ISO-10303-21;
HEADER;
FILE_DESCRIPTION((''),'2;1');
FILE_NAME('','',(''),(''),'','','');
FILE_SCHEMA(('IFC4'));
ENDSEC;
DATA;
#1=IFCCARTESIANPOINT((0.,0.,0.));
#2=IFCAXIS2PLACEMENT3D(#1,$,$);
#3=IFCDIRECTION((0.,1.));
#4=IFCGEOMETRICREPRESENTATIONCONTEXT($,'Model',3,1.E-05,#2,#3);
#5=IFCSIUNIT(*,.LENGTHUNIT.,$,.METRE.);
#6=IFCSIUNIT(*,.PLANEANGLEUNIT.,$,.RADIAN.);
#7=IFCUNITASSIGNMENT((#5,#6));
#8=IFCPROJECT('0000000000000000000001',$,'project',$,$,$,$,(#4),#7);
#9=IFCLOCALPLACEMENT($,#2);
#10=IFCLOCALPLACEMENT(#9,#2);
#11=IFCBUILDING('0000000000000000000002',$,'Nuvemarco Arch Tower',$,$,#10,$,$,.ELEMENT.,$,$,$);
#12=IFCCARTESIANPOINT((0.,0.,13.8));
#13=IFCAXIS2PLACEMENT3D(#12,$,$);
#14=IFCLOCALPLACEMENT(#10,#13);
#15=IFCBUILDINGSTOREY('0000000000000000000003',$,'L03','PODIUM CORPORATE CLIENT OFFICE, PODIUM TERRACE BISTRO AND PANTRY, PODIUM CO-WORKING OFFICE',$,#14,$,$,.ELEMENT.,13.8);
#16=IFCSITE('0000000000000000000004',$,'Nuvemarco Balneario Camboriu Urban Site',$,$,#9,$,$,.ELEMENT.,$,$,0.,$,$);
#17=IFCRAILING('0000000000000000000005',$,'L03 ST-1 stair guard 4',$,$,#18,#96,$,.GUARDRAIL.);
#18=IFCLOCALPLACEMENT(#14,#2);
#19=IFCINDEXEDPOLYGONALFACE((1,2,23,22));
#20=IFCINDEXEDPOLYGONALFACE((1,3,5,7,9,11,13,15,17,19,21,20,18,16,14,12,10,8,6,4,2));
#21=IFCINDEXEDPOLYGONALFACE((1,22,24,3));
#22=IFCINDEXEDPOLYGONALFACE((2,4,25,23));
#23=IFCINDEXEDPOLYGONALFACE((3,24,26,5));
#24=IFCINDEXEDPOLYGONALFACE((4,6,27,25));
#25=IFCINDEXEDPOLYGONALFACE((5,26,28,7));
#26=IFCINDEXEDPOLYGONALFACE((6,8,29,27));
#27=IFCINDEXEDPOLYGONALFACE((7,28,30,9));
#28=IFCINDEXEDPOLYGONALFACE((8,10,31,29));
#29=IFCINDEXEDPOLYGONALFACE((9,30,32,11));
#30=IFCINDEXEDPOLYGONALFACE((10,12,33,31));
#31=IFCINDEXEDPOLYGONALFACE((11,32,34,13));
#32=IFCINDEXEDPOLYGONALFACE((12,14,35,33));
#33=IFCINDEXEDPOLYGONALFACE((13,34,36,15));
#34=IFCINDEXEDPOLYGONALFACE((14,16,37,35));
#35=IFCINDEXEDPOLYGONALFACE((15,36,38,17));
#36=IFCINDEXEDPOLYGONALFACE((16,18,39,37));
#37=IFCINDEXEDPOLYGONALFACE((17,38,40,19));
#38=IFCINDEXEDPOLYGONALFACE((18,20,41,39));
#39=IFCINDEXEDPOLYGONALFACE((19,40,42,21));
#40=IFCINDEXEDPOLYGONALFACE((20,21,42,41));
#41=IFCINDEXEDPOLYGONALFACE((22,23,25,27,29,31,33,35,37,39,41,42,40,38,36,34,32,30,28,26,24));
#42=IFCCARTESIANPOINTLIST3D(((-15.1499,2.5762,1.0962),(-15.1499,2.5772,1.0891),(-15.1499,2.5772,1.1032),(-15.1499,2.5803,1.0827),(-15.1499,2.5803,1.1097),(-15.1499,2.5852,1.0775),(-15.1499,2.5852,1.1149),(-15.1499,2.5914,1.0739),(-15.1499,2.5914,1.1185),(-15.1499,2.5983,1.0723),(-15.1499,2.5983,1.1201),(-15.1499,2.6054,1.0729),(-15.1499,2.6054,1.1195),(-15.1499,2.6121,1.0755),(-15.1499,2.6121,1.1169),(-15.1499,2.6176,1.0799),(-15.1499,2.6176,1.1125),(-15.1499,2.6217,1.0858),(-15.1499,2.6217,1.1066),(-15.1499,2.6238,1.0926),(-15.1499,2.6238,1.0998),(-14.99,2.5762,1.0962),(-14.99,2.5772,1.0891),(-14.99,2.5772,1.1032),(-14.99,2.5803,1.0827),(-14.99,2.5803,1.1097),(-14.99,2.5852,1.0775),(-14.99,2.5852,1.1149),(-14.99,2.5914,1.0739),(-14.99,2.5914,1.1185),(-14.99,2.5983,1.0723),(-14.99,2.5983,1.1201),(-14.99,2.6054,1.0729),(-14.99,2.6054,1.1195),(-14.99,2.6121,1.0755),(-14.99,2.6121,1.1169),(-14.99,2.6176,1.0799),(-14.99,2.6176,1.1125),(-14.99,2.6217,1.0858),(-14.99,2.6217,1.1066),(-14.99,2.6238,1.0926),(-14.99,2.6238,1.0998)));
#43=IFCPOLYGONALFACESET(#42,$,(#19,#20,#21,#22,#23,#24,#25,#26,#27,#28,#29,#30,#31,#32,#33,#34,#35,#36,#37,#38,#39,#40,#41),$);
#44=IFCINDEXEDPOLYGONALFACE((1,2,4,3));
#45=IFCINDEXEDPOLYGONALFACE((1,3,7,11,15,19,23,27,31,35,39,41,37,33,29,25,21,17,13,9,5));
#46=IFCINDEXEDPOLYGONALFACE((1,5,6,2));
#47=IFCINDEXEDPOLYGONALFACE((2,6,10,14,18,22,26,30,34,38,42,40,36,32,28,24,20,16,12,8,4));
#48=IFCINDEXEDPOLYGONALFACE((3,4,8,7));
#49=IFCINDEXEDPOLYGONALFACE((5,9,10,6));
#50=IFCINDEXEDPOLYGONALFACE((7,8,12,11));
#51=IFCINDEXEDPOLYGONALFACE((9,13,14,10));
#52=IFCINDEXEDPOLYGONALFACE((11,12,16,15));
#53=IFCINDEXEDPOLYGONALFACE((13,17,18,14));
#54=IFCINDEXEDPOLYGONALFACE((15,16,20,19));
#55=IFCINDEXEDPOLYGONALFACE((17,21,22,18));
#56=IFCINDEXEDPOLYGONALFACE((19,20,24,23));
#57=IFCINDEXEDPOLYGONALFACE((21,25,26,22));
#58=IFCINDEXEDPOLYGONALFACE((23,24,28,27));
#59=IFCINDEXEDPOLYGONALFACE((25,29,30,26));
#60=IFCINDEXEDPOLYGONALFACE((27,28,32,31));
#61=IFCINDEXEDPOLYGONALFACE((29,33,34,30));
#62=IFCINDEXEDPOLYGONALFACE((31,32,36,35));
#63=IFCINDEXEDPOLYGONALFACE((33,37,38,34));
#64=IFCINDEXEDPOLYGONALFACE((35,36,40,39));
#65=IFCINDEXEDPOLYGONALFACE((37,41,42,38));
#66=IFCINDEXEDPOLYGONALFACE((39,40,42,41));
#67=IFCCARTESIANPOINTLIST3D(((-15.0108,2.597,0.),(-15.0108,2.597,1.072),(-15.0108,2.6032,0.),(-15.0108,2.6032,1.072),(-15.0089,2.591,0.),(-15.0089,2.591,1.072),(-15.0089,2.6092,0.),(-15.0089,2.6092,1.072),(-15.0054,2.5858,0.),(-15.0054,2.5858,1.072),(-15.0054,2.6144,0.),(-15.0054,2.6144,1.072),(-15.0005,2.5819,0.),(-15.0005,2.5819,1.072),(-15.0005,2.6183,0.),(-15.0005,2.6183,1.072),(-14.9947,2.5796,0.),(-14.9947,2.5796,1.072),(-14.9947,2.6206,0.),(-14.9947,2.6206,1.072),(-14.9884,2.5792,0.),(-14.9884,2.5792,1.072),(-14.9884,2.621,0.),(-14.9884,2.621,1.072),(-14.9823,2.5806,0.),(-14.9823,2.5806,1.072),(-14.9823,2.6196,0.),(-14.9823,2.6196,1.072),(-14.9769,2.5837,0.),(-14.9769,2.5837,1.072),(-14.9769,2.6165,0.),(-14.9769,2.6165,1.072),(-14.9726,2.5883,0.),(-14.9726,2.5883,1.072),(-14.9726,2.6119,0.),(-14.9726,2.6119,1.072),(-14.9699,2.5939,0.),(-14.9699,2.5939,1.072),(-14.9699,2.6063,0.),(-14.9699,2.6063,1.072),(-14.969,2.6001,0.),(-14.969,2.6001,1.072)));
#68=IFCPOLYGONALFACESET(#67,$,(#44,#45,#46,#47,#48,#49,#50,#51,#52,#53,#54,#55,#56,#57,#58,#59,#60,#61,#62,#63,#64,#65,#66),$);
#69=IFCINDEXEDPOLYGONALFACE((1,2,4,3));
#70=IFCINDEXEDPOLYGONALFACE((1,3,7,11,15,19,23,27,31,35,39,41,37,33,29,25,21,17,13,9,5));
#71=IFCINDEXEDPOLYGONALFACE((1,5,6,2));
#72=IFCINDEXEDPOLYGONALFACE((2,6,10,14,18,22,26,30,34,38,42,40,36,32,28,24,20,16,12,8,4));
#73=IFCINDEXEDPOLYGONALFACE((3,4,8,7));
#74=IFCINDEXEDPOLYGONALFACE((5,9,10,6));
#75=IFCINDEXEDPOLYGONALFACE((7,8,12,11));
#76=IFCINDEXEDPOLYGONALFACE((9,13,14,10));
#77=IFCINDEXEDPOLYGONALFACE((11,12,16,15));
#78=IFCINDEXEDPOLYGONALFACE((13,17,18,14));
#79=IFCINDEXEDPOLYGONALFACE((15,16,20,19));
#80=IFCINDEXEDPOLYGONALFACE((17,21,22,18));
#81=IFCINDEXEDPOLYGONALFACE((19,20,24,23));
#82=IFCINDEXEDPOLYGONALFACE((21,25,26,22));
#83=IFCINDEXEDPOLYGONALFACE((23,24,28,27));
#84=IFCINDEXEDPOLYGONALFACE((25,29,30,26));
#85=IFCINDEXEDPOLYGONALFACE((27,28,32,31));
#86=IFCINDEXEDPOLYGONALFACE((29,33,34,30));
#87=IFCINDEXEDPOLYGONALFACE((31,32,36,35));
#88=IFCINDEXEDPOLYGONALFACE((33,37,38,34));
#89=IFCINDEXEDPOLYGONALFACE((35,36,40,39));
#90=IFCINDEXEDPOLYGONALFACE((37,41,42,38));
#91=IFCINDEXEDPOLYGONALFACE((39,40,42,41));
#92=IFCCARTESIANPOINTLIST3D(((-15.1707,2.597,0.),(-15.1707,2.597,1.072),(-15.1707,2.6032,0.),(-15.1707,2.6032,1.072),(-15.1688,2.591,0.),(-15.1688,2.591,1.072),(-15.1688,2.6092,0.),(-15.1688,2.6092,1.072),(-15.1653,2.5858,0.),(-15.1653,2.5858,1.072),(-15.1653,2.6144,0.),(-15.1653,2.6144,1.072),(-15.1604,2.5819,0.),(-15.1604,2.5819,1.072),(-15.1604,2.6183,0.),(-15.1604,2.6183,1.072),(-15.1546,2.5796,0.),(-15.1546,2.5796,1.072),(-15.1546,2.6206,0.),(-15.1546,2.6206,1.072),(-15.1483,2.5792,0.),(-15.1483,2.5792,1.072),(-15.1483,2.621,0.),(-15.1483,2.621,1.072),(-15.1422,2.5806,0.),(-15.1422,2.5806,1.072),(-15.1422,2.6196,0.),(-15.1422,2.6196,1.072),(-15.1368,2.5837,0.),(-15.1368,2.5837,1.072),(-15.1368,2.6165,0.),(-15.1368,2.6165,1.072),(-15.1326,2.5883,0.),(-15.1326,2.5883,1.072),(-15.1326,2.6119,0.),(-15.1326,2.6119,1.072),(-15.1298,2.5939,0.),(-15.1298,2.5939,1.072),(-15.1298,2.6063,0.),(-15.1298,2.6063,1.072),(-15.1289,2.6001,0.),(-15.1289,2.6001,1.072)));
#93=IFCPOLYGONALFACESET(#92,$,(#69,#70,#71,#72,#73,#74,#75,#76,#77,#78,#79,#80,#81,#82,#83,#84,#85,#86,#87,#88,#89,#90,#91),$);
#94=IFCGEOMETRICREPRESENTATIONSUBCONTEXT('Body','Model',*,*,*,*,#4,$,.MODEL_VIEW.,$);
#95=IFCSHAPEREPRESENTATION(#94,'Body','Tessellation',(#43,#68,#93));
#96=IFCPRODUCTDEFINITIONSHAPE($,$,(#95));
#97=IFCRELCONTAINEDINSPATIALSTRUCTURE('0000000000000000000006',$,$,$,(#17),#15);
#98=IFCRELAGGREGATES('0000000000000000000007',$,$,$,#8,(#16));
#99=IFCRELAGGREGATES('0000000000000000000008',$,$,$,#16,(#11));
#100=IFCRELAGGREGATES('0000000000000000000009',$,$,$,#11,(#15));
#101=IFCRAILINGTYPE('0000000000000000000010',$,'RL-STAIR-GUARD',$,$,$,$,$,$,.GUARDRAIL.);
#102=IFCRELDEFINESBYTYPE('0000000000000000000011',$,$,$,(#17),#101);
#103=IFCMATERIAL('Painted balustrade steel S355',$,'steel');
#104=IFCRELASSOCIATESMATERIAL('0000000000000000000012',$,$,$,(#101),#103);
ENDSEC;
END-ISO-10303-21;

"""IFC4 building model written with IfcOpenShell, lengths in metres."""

from ifc_helpers import new_model, si_unit, direction, frame, origin, origin_2d, place, context, subcontext, project, spatial, circle, extrude, material, type_object, element, save


model = new_model("IFC4")

# Units and contexts
model_context = context("Model", 3, precision=1e-05, world=origin(), true_north=direction((0.0, 1.0)))
body_context = subcontext(model_context, "Body", "Model", "MODEL_VIEW")
ifc_project = project(units=[si_unit("LENGTHUNIT", "METRE"), si_unit("PLANEANGLEUNIT", "RADIAN")], contexts=[model_context])

# Site, building, storey
site_placement = place(None, origin())
site = spatial("IfcSite", under=ifc_project, at=site_placement, Name="Nuvemarco Balneario Camboriu Urban Site", CompositionType="ELEMENT", RefElevation=0.0)
building_placement = place(site_placement, origin())
building = spatial("IfcBuilding", under=site, at=building_placement, Name="Nuvemarco Arch Tower", CompositionType="ELEMENT")
storey_placement = place(building_placement, frame((0.0, 0.0, 13.8)))
storey = spatial("IfcBuildingStorey", under=building, at=storey_placement, Name="L03", Description="PODIUM CORPORATE CLIENT OFFICE, PODIUM TERRACE BISTRO AND PANTRY, PODIUM CO-WORKING OFFICE", CompositionType="ELEMENT", Elevation=13.8)

# Railing
ifc_material_1 = material(Name="Painted balustrade steel S355", Category="steel")
railing_type_1 = type_object("IfcRailingType", Name="RL-STAIR-GUARD", PredefinedType="GUARDRAIL", material=ifc_material_1)
railing_1_placement = place(storey_placement, frame((-14.99, 2.6001, 0.0)))
element("IfcRailing", 1, at=railing_1_placement, inside=storey, type_object=railing_type_1, Name="L03 ST-1 stair guard 4", PredefinedType="GUARDRAIL", context=body_context, shape_type="SweptSolid", body=[
    extrude(circle(Radius=0.0239, at=origin_2d()), frame((0.0, 0.0, 1.0962), z_axis=(-1.0, 0.0, 0.0), x_axis=(0.0, -1.0, 0.0)), (0.0, 0.0, 1.0), 0.1599),
    extrude(circle(Radius=0.021, at=origin_2d()), origin(), (0.0, 0.0, 1.0), 1.072),
    extrude(circle(Radius=0.021, at=origin_2d()), frame((-0.1599, 0.0, 0.0)), (0.0, 0.0, 1.0), 1.072),
])

save(model, "model.ifc")
